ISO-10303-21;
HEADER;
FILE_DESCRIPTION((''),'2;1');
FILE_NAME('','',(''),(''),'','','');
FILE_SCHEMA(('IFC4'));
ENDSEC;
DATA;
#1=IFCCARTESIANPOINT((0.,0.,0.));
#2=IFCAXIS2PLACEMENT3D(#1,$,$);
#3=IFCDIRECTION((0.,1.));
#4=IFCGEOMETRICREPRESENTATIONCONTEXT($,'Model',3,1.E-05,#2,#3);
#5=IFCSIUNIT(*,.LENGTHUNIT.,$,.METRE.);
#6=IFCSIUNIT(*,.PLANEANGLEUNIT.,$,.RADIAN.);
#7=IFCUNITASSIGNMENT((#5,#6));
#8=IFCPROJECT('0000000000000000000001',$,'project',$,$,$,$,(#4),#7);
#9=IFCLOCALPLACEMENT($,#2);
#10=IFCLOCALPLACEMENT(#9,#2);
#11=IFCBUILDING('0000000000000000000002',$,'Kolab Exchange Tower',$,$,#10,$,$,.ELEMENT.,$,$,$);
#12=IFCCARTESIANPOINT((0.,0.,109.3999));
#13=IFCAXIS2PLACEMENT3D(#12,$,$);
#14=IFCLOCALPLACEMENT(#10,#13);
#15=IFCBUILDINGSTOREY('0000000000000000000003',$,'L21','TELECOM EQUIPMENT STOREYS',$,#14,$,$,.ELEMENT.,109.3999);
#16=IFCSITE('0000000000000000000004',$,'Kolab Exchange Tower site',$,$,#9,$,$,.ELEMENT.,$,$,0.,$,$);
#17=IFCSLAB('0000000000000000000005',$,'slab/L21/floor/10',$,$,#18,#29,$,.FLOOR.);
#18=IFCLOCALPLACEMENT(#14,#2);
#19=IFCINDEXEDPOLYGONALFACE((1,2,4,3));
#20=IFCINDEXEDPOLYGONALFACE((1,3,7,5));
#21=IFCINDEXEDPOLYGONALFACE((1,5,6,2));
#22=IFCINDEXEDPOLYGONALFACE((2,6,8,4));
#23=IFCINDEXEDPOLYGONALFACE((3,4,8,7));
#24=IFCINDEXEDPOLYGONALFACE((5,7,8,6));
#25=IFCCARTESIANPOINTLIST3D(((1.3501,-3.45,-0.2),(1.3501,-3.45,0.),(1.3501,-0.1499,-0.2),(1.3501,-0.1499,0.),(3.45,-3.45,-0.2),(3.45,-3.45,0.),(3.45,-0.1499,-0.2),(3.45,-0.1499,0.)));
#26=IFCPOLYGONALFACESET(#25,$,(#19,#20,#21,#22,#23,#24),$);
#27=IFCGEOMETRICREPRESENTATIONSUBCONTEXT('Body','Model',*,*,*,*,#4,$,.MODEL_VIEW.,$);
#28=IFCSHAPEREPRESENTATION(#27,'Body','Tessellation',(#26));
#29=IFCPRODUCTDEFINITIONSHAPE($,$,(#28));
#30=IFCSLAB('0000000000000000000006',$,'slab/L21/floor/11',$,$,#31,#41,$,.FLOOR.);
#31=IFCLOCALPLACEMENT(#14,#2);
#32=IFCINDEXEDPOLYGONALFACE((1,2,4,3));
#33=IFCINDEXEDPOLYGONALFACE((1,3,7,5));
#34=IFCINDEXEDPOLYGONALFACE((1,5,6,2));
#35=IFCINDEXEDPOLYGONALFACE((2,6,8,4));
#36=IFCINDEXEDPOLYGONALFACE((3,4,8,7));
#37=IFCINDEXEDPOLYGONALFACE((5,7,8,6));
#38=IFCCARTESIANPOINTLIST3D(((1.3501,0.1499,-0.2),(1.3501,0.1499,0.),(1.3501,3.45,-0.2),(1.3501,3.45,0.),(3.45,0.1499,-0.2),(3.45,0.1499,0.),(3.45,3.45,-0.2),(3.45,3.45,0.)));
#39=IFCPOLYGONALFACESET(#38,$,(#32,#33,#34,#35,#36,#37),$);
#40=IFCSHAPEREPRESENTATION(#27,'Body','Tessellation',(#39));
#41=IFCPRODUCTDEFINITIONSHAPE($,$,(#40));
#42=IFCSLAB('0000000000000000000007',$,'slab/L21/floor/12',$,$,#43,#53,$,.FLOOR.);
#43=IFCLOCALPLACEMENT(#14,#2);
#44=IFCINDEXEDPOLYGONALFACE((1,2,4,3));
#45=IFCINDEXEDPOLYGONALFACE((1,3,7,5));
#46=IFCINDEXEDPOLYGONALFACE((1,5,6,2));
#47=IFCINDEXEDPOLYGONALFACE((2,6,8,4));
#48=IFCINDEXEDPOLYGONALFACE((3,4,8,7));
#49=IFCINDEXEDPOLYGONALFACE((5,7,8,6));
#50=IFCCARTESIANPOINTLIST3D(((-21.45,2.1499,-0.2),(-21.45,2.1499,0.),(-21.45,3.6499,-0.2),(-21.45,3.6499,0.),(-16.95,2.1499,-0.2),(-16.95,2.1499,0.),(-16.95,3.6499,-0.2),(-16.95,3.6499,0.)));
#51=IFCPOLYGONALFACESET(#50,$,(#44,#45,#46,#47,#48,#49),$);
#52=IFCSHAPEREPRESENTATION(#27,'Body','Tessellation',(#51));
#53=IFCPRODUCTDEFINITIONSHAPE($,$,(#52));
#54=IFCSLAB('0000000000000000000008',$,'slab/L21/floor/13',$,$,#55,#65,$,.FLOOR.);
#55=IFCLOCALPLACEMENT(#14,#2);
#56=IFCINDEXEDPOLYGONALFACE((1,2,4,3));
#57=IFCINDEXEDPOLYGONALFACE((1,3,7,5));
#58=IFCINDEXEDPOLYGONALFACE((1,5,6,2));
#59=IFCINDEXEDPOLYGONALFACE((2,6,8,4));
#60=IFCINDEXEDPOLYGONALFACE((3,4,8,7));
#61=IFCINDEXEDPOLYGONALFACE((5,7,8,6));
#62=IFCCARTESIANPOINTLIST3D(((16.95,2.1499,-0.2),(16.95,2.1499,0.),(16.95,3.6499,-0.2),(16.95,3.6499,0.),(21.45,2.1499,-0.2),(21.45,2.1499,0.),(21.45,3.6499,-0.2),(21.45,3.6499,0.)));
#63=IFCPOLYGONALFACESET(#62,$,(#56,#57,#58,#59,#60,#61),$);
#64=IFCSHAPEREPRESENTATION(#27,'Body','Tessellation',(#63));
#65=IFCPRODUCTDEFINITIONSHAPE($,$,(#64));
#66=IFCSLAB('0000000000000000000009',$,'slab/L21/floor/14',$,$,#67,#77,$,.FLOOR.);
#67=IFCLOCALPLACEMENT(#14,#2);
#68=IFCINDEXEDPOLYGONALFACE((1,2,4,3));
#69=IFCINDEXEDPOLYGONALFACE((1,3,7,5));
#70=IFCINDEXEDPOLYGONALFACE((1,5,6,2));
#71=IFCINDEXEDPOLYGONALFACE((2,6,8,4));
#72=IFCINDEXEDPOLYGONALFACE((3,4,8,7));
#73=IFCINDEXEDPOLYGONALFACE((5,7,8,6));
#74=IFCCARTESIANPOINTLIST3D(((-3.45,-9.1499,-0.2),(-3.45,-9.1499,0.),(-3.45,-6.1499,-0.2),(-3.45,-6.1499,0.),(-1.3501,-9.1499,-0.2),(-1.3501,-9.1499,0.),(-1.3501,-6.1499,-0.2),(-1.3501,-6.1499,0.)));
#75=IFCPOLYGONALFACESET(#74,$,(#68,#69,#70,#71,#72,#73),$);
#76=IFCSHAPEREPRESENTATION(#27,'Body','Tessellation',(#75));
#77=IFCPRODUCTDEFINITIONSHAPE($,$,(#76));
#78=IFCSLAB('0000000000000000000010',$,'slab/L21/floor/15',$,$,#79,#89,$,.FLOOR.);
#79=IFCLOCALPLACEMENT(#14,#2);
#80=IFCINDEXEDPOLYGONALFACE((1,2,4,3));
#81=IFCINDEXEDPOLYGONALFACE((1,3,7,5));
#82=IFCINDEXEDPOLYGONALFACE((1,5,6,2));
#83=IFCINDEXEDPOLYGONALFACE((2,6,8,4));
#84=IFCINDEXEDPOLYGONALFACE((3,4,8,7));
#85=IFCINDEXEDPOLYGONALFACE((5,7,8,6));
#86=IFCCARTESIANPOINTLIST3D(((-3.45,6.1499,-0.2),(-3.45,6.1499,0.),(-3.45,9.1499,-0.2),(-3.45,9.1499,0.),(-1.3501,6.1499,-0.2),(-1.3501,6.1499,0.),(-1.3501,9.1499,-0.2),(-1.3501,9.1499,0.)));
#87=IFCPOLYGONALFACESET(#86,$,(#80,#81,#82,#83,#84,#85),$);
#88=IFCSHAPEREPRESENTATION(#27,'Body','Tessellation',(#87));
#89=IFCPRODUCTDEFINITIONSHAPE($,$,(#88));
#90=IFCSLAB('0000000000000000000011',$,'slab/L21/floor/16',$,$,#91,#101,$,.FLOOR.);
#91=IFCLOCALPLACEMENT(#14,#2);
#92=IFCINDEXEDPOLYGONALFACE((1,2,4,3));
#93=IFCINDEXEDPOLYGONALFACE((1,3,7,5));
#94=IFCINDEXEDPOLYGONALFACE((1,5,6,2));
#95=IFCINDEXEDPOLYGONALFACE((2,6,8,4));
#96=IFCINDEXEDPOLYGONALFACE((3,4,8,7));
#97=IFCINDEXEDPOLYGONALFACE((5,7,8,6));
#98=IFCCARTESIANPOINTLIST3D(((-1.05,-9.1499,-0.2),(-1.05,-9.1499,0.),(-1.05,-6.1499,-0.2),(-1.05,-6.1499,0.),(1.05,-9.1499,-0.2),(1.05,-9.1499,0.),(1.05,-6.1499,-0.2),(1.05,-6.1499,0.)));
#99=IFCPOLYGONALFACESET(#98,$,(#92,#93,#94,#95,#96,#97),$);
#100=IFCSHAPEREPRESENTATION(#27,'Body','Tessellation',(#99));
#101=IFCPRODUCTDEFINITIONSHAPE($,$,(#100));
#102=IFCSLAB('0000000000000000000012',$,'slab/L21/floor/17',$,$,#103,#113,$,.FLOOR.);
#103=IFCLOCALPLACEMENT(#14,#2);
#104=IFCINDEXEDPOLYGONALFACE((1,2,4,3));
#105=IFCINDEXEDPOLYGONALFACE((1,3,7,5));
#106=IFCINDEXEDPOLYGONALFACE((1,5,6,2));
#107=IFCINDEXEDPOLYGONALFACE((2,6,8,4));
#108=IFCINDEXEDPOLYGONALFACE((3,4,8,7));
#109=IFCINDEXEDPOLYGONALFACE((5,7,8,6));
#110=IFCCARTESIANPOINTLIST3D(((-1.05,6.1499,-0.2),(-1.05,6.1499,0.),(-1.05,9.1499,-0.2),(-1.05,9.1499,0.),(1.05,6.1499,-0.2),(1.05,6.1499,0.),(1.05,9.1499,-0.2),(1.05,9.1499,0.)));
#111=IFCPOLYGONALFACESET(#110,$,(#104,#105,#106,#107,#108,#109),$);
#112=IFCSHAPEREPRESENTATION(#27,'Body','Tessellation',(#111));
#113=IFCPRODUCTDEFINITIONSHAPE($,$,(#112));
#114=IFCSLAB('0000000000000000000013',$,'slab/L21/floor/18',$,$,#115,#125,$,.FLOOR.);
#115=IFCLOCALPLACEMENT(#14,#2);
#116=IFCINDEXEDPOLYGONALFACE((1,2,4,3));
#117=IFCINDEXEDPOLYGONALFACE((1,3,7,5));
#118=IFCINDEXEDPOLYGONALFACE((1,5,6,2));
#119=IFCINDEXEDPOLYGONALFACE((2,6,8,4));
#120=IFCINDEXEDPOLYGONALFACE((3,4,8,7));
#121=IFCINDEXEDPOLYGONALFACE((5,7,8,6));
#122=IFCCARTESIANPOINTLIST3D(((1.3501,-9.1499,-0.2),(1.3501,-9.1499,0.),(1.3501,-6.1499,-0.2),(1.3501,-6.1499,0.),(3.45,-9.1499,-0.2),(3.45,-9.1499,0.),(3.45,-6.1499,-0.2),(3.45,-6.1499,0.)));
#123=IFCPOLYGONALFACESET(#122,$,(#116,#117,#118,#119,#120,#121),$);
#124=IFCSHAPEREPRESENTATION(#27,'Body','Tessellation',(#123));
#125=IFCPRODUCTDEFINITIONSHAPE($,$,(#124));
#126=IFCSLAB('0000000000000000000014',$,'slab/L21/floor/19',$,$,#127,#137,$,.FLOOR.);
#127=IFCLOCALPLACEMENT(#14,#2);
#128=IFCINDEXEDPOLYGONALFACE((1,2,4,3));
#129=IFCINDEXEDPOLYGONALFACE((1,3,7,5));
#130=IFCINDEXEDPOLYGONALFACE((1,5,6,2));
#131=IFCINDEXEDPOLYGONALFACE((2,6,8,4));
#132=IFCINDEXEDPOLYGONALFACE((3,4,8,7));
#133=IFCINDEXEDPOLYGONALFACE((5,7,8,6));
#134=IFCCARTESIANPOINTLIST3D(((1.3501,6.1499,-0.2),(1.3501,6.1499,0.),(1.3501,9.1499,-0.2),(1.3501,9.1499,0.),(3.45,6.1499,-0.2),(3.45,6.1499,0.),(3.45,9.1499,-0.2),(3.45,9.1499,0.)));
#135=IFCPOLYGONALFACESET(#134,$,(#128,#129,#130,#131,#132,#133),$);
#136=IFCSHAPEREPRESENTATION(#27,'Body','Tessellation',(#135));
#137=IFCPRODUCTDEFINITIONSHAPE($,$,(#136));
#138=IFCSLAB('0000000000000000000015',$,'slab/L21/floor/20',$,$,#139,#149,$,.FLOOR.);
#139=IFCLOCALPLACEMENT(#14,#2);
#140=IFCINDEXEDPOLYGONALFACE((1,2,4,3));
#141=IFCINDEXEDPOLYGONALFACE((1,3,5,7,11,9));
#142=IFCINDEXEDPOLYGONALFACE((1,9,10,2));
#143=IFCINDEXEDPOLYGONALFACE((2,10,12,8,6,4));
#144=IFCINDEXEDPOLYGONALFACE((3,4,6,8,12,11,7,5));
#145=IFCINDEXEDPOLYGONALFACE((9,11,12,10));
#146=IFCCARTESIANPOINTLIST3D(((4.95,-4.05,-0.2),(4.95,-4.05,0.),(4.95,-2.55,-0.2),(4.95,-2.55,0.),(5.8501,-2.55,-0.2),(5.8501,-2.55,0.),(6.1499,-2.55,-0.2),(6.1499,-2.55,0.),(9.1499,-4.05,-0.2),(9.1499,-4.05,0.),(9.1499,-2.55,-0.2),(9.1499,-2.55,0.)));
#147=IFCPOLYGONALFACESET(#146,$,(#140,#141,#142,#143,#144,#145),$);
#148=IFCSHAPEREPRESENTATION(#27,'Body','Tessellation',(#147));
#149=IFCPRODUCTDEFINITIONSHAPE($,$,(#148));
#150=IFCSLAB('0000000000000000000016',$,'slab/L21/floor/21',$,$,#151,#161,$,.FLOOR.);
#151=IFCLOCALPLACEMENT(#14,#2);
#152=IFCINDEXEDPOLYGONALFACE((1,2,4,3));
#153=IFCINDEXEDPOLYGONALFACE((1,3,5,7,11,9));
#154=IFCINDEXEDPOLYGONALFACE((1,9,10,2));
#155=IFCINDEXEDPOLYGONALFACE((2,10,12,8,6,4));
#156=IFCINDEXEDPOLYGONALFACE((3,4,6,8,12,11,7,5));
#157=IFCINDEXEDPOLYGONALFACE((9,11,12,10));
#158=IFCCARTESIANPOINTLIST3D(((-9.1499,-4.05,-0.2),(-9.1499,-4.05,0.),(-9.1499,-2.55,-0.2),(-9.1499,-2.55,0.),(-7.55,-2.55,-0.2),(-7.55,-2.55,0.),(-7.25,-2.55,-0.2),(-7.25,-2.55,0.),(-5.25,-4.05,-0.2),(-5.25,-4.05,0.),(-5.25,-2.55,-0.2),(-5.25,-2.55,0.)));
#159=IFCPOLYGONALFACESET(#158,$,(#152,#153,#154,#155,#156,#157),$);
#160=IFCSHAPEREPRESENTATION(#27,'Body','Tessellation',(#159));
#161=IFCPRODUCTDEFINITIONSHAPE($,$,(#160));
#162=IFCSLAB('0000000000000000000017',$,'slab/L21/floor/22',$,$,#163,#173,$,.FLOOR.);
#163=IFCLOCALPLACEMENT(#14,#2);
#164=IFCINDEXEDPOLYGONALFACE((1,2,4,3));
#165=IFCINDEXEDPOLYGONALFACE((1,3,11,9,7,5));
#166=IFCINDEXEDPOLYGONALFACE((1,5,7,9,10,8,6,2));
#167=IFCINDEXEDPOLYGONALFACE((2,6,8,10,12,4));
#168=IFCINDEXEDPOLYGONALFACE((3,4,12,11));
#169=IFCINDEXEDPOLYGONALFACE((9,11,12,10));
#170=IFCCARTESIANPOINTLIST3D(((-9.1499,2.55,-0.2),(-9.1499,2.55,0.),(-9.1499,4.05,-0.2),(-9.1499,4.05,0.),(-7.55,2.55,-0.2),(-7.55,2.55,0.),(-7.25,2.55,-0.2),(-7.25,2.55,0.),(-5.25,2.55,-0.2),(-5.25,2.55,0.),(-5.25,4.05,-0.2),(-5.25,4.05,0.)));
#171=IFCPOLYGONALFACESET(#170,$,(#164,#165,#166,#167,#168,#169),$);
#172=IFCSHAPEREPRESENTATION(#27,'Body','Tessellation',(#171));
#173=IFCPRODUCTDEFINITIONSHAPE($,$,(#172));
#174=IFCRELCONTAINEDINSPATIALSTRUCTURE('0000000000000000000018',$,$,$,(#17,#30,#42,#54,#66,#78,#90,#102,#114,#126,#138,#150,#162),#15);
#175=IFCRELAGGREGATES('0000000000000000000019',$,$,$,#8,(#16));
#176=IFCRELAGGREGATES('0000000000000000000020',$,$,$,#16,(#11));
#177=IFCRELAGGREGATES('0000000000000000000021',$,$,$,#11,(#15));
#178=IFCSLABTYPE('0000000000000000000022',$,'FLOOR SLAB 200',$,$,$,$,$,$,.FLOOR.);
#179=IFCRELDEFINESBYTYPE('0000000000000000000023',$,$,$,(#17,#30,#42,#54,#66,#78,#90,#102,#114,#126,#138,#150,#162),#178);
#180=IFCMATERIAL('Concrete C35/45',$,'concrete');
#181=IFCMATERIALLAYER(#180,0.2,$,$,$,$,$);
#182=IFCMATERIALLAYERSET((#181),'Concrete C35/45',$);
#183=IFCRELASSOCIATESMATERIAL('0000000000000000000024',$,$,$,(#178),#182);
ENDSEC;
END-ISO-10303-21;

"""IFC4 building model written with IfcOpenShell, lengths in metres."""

from ifc_helpers import new_model, si_unit, direction, frame, origin, place, context, subcontext, project, spatial, polyline, outline, extrude, material, layer, layer_set, type_object, element, save


model = new_model("IFC4")

# Units and contexts
model_context = context("Model", 3, precision=1e-05, world=origin(), true_north=direction((0.0, 1.0)))
body_context = subcontext(model_context, "Body", "Model", "MODEL_VIEW")
ifc_project = project(units=[si_unit("LENGTHUNIT", "METRE"), si_unit("PLANEANGLEUNIT", "RADIAN")], contexts=[model_context])

# Site, building, storey
site_placement = place(None, origin())
site = spatial("IfcSite", under=ifc_project, at=site_placement, Name="Kolab Exchange Tower site", CompositionType="ELEMENT", RefElevation=0.0)
building_placement = place(site_placement, origin())
building = spatial("IfcBuilding", under=site, at=building_placement, Name="Kolab Exchange Tower", CompositionType="ELEMENT")
storey_placement = place(building_placement, frame((0.0, 0.0, 109.3999)))
storey = spatial("IfcBuildingStorey", under=building, at=storey_placement, Name="L21", Description="TELECOM EQUIPMENT STOREYS", CompositionType="ELEMENT", Elevation=109.3999)

# Slabs
ifc_material_1 = material(Name="Concrete C35/45", Category="concrete")
ifc_layer_1 = layer(ifc_material_1, 0.2)
ifc_layer_set_1 = layer_set([ifc_layer_1], Name="Concrete C35/45")
slab_type = type_object("IfcSlabType", Name="FLOOR SLAB 200", PredefinedType="FLOOR", material=ifc_layer_set_1)
slab_1_placement = place(storey_placement, frame((0.0, 0.0, -0.2)))
element("IfcSlab", 1, at=slab_1_placement, inside=storey, type_object=slab_type, Name="slab/L21/floor/10", PredefinedType="FLOOR", context=body_context, shape_type="SweptSolid", body=[
    extrude(outline(polyline([(1.3501, -3.45), (3.45, -3.45), (3.45, -0.1499), (1.3501, -0.1499), (1.3501, -3.45)])), origin(), (0.0, 0.0, 1.0), 0.2),
])
slab_2_placement = place(storey_placement, frame((0.0, 0.0, -0.2)))
element("IfcSlab", 2, at=slab_2_placement, inside=storey, type_object=slab_type, Name="slab/L21/floor/11", PredefinedType="FLOOR", context=body_context, shape_type="SweptSolid", body=[
    extrude(outline(polyline([(1.3501, 0.1499), (3.45, 0.1499), (3.45, 3.45), (1.3501, 3.45), (1.3501, 0.1499)])), origin(), (0.0, 0.0, 1.0), 0.2),
])
slab_3_placement = place(storey_placement, frame((0.0, 0.0, -0.2)))
element("IfcSlab", 3, at=slab_3_placement, inside=storey, type_object=slab_type, Name="slab/L21/floor/12", PredefinedType="FLOOR", context=body_context, shape_type="SweptSolid", body=[
    extrude(outline(polyline([(-21.45, 3.6499), (-21.45, 2.1499), (-16.95, 2.1499), (-16.95, 3.6499), (-21.45, 3.6499)])), origin(), (0.0, 0.0, 1.0), 0.2),
])
slab_4_placement = place(storey_placement, frame((0.0, 0.0, -0.2)))
element("IfcSlab", 4, at=slab_4_placement, inside=storey, type_object=slab_type, Name="slab/L21/floor/13", PredefinedType="FLOOR", context=body_context, shape_type="SweptSolid", body=[
    extrude(outline(polyline([(21.45, 3.6499), (16.95, 3.6499), (16.95, 2.1499), (21.45, 2.1499), (21.45, 3.6499)])), origin(), (0.0, 0.0, 1.0), 0.2),
])
slab_5_placement = place(storey_placement, frame((0.0, 0.0, -0.2)))
element("IfcSlab", 5, at=slab_5_placement, inside=storey, type_object=slab_type, Name="slab/L21/floor/14", PredefinedType="FLOOR", context=body_context, shape_type="SweptSolid", body=[
    extrude(outline(polyline([(-1.3501, -6.1499), (-3.45, -6.1499), (-3.45, -9.1499), (-1.3501, -9.1499), (-1.3501, -6.1499)])), origin(), (0.0, 0.0, 1.0), 0.2),
])
slab_6_placement = place(storey_placement, frame((0.0, 0.0, -0.2)))
element("IfcSlab", 6, at=slab_6_placement, inside=storey, type_object=slab_type, Name="slab/L21/floor/15", PredefinedType="FLOOR", context=body_context, shape_type="SweptSolid", body=[
    extrude(outline(polyline([(-1.3501, 6.1499), (-1.3501, 9.1499), (-3.45, 9.1499), (-3.45, 6.1499), (-1.3501, 6.1499)])), origin(), (0.0, 0.0, 1.0), 0.2),
])
slab_7_placement = place(storey_placement, frame((0.0, 0.0, -0.2)))
element("IfcSlab", 7, at=slab_7_placement, inside=storey, type_object=slab_type, Name="slab/L21/floor/16", PredefinedType="FLOOR", context=body_context, shape_type="SweptSolid", body=[
    extrude(outline(polyline([(1.05, -6.1499), (-1.05, -6.1499), (-1.05, -9.1499), (1.05, -9.1499), (1.05, -6.1499)])), origin(), (0.0, 0.0, 1.0), 0.2),
])
slab_8_placement = place(storey_placement, frame((0.0, 0.0, -0.2)))
element("IfcSlab", 8, at=slab_8_placement, inside=storey, type_object=slab_type, Name="slab/L21/floor/17", PredefinedType="FLOOR", context=body_context, shape_type="SweptSolid", body=[
    extrude(outline(polyline([(-1.05, 9.1499), (-1.05, 6.1499), (1.05, 6.1499), (1.05, 9.1499), (-1.05, 9.1499)])), origin(), (0.0, 0.0, 1.0), 0.2),
])
slab_9_placement = place(storey_placement, frame((0.0, 0.0, -0.2)))
element("IfcSlab", 9, at=slab_9_placement, inside=storey, type_object=slab_type, Name="slab/L21/floor/18", PredefinedType="FLOOR", context=body_context, shape_type="SweptSolid", body=[
    extrude(outline(polyline([(1.3501, -6.1499), (1.3501, -9.1499), (3.45, -9.1499), (3.45, -6.1499), (1.3501, -6.1499)])), origin(), (0.0, 0.0, 1.0), 0.2),
])
slab_10_placement = place(storey_placement, frame((0.0, 0.0, -0.2)))
element("IfcSlab", 10, at=slab_10_placement, inside=storey, type_object=slab_type, Name="slab/L21/floor/19", PredefinedType="FLOOR", context=body_context, shape_type="SweptSolid", body=[
    extrude(outline(polyline([(1.3501, 6.1499), (3.45, 6.1499), (3.45, 9.1499), (1.3501, 9.1499), (1.3501, 6.1499)])), origin(), (0.0, 0.0, 1.0), 0.2),
])
slab_11_placement = place(storey_placement, frame((0.0, 0.0, -0.2)))
element("IfcSlab", 11, at=slab_11_placement, inside=storey, type_object=slab_type, Name="slab/L21/floor/20", PredefinedType="FLOOR", context=body_context, shape_type="SweptSolid", body=[
    extrude(outline(polyline([(4.95, -4.05), (9.1499, -4.05), (9.1499, -2.55), (6.1499, -2.55), (5.8501, -2.55), (4.95, -2.55), (4.95, -4.05)])), origin(), (0.0, 0.0, 1.0), 0.2),
])
slab_12_placement = place(storey_placement, frame((0.0, 0.0, -0.2)))
element("IfcSlab", 12, at=slab_12_placement, inside=storey, type_object=slab_type, Name="slab/L21/floor/21", PredefinedType="FLOOR", context=body_context, shape_type="SweptSolid", body=[
    extrude(outline(polyline([(-9.1499, -2.55), (-9.1499, -4.05), (-5.25, -4.05), (-5.25, -2.55), (-7.25, -2.55), (-7.55, -2.55), (-9.1499, -2.55)])), origin(), (0.0, 0.0, 1.0), 0.2),
])
slab_13_placement = place(storey_placement, frame((0.0, 0.0, -0.2)))
element("IfcSlab", 13, at=slab_13_placement, inside=storey, type_object=slab_type, Name="slab/L21/floor/22", PredefinedType="FLOOR", context=body_context, shape_type="SweptSolid", body=[
    extrude(outline(polyline([(-5.25, 4.05), (-9.1499, 4.05), (-9.1499, 2.55), (-7.55, 2.55), (-7.25, 2.55), (-5.25, 2.55), (-5.25, 4.05)])), origin(), (0.0, 0.0, 1.0), 0.2),
])

save(model, "model.ifc")
